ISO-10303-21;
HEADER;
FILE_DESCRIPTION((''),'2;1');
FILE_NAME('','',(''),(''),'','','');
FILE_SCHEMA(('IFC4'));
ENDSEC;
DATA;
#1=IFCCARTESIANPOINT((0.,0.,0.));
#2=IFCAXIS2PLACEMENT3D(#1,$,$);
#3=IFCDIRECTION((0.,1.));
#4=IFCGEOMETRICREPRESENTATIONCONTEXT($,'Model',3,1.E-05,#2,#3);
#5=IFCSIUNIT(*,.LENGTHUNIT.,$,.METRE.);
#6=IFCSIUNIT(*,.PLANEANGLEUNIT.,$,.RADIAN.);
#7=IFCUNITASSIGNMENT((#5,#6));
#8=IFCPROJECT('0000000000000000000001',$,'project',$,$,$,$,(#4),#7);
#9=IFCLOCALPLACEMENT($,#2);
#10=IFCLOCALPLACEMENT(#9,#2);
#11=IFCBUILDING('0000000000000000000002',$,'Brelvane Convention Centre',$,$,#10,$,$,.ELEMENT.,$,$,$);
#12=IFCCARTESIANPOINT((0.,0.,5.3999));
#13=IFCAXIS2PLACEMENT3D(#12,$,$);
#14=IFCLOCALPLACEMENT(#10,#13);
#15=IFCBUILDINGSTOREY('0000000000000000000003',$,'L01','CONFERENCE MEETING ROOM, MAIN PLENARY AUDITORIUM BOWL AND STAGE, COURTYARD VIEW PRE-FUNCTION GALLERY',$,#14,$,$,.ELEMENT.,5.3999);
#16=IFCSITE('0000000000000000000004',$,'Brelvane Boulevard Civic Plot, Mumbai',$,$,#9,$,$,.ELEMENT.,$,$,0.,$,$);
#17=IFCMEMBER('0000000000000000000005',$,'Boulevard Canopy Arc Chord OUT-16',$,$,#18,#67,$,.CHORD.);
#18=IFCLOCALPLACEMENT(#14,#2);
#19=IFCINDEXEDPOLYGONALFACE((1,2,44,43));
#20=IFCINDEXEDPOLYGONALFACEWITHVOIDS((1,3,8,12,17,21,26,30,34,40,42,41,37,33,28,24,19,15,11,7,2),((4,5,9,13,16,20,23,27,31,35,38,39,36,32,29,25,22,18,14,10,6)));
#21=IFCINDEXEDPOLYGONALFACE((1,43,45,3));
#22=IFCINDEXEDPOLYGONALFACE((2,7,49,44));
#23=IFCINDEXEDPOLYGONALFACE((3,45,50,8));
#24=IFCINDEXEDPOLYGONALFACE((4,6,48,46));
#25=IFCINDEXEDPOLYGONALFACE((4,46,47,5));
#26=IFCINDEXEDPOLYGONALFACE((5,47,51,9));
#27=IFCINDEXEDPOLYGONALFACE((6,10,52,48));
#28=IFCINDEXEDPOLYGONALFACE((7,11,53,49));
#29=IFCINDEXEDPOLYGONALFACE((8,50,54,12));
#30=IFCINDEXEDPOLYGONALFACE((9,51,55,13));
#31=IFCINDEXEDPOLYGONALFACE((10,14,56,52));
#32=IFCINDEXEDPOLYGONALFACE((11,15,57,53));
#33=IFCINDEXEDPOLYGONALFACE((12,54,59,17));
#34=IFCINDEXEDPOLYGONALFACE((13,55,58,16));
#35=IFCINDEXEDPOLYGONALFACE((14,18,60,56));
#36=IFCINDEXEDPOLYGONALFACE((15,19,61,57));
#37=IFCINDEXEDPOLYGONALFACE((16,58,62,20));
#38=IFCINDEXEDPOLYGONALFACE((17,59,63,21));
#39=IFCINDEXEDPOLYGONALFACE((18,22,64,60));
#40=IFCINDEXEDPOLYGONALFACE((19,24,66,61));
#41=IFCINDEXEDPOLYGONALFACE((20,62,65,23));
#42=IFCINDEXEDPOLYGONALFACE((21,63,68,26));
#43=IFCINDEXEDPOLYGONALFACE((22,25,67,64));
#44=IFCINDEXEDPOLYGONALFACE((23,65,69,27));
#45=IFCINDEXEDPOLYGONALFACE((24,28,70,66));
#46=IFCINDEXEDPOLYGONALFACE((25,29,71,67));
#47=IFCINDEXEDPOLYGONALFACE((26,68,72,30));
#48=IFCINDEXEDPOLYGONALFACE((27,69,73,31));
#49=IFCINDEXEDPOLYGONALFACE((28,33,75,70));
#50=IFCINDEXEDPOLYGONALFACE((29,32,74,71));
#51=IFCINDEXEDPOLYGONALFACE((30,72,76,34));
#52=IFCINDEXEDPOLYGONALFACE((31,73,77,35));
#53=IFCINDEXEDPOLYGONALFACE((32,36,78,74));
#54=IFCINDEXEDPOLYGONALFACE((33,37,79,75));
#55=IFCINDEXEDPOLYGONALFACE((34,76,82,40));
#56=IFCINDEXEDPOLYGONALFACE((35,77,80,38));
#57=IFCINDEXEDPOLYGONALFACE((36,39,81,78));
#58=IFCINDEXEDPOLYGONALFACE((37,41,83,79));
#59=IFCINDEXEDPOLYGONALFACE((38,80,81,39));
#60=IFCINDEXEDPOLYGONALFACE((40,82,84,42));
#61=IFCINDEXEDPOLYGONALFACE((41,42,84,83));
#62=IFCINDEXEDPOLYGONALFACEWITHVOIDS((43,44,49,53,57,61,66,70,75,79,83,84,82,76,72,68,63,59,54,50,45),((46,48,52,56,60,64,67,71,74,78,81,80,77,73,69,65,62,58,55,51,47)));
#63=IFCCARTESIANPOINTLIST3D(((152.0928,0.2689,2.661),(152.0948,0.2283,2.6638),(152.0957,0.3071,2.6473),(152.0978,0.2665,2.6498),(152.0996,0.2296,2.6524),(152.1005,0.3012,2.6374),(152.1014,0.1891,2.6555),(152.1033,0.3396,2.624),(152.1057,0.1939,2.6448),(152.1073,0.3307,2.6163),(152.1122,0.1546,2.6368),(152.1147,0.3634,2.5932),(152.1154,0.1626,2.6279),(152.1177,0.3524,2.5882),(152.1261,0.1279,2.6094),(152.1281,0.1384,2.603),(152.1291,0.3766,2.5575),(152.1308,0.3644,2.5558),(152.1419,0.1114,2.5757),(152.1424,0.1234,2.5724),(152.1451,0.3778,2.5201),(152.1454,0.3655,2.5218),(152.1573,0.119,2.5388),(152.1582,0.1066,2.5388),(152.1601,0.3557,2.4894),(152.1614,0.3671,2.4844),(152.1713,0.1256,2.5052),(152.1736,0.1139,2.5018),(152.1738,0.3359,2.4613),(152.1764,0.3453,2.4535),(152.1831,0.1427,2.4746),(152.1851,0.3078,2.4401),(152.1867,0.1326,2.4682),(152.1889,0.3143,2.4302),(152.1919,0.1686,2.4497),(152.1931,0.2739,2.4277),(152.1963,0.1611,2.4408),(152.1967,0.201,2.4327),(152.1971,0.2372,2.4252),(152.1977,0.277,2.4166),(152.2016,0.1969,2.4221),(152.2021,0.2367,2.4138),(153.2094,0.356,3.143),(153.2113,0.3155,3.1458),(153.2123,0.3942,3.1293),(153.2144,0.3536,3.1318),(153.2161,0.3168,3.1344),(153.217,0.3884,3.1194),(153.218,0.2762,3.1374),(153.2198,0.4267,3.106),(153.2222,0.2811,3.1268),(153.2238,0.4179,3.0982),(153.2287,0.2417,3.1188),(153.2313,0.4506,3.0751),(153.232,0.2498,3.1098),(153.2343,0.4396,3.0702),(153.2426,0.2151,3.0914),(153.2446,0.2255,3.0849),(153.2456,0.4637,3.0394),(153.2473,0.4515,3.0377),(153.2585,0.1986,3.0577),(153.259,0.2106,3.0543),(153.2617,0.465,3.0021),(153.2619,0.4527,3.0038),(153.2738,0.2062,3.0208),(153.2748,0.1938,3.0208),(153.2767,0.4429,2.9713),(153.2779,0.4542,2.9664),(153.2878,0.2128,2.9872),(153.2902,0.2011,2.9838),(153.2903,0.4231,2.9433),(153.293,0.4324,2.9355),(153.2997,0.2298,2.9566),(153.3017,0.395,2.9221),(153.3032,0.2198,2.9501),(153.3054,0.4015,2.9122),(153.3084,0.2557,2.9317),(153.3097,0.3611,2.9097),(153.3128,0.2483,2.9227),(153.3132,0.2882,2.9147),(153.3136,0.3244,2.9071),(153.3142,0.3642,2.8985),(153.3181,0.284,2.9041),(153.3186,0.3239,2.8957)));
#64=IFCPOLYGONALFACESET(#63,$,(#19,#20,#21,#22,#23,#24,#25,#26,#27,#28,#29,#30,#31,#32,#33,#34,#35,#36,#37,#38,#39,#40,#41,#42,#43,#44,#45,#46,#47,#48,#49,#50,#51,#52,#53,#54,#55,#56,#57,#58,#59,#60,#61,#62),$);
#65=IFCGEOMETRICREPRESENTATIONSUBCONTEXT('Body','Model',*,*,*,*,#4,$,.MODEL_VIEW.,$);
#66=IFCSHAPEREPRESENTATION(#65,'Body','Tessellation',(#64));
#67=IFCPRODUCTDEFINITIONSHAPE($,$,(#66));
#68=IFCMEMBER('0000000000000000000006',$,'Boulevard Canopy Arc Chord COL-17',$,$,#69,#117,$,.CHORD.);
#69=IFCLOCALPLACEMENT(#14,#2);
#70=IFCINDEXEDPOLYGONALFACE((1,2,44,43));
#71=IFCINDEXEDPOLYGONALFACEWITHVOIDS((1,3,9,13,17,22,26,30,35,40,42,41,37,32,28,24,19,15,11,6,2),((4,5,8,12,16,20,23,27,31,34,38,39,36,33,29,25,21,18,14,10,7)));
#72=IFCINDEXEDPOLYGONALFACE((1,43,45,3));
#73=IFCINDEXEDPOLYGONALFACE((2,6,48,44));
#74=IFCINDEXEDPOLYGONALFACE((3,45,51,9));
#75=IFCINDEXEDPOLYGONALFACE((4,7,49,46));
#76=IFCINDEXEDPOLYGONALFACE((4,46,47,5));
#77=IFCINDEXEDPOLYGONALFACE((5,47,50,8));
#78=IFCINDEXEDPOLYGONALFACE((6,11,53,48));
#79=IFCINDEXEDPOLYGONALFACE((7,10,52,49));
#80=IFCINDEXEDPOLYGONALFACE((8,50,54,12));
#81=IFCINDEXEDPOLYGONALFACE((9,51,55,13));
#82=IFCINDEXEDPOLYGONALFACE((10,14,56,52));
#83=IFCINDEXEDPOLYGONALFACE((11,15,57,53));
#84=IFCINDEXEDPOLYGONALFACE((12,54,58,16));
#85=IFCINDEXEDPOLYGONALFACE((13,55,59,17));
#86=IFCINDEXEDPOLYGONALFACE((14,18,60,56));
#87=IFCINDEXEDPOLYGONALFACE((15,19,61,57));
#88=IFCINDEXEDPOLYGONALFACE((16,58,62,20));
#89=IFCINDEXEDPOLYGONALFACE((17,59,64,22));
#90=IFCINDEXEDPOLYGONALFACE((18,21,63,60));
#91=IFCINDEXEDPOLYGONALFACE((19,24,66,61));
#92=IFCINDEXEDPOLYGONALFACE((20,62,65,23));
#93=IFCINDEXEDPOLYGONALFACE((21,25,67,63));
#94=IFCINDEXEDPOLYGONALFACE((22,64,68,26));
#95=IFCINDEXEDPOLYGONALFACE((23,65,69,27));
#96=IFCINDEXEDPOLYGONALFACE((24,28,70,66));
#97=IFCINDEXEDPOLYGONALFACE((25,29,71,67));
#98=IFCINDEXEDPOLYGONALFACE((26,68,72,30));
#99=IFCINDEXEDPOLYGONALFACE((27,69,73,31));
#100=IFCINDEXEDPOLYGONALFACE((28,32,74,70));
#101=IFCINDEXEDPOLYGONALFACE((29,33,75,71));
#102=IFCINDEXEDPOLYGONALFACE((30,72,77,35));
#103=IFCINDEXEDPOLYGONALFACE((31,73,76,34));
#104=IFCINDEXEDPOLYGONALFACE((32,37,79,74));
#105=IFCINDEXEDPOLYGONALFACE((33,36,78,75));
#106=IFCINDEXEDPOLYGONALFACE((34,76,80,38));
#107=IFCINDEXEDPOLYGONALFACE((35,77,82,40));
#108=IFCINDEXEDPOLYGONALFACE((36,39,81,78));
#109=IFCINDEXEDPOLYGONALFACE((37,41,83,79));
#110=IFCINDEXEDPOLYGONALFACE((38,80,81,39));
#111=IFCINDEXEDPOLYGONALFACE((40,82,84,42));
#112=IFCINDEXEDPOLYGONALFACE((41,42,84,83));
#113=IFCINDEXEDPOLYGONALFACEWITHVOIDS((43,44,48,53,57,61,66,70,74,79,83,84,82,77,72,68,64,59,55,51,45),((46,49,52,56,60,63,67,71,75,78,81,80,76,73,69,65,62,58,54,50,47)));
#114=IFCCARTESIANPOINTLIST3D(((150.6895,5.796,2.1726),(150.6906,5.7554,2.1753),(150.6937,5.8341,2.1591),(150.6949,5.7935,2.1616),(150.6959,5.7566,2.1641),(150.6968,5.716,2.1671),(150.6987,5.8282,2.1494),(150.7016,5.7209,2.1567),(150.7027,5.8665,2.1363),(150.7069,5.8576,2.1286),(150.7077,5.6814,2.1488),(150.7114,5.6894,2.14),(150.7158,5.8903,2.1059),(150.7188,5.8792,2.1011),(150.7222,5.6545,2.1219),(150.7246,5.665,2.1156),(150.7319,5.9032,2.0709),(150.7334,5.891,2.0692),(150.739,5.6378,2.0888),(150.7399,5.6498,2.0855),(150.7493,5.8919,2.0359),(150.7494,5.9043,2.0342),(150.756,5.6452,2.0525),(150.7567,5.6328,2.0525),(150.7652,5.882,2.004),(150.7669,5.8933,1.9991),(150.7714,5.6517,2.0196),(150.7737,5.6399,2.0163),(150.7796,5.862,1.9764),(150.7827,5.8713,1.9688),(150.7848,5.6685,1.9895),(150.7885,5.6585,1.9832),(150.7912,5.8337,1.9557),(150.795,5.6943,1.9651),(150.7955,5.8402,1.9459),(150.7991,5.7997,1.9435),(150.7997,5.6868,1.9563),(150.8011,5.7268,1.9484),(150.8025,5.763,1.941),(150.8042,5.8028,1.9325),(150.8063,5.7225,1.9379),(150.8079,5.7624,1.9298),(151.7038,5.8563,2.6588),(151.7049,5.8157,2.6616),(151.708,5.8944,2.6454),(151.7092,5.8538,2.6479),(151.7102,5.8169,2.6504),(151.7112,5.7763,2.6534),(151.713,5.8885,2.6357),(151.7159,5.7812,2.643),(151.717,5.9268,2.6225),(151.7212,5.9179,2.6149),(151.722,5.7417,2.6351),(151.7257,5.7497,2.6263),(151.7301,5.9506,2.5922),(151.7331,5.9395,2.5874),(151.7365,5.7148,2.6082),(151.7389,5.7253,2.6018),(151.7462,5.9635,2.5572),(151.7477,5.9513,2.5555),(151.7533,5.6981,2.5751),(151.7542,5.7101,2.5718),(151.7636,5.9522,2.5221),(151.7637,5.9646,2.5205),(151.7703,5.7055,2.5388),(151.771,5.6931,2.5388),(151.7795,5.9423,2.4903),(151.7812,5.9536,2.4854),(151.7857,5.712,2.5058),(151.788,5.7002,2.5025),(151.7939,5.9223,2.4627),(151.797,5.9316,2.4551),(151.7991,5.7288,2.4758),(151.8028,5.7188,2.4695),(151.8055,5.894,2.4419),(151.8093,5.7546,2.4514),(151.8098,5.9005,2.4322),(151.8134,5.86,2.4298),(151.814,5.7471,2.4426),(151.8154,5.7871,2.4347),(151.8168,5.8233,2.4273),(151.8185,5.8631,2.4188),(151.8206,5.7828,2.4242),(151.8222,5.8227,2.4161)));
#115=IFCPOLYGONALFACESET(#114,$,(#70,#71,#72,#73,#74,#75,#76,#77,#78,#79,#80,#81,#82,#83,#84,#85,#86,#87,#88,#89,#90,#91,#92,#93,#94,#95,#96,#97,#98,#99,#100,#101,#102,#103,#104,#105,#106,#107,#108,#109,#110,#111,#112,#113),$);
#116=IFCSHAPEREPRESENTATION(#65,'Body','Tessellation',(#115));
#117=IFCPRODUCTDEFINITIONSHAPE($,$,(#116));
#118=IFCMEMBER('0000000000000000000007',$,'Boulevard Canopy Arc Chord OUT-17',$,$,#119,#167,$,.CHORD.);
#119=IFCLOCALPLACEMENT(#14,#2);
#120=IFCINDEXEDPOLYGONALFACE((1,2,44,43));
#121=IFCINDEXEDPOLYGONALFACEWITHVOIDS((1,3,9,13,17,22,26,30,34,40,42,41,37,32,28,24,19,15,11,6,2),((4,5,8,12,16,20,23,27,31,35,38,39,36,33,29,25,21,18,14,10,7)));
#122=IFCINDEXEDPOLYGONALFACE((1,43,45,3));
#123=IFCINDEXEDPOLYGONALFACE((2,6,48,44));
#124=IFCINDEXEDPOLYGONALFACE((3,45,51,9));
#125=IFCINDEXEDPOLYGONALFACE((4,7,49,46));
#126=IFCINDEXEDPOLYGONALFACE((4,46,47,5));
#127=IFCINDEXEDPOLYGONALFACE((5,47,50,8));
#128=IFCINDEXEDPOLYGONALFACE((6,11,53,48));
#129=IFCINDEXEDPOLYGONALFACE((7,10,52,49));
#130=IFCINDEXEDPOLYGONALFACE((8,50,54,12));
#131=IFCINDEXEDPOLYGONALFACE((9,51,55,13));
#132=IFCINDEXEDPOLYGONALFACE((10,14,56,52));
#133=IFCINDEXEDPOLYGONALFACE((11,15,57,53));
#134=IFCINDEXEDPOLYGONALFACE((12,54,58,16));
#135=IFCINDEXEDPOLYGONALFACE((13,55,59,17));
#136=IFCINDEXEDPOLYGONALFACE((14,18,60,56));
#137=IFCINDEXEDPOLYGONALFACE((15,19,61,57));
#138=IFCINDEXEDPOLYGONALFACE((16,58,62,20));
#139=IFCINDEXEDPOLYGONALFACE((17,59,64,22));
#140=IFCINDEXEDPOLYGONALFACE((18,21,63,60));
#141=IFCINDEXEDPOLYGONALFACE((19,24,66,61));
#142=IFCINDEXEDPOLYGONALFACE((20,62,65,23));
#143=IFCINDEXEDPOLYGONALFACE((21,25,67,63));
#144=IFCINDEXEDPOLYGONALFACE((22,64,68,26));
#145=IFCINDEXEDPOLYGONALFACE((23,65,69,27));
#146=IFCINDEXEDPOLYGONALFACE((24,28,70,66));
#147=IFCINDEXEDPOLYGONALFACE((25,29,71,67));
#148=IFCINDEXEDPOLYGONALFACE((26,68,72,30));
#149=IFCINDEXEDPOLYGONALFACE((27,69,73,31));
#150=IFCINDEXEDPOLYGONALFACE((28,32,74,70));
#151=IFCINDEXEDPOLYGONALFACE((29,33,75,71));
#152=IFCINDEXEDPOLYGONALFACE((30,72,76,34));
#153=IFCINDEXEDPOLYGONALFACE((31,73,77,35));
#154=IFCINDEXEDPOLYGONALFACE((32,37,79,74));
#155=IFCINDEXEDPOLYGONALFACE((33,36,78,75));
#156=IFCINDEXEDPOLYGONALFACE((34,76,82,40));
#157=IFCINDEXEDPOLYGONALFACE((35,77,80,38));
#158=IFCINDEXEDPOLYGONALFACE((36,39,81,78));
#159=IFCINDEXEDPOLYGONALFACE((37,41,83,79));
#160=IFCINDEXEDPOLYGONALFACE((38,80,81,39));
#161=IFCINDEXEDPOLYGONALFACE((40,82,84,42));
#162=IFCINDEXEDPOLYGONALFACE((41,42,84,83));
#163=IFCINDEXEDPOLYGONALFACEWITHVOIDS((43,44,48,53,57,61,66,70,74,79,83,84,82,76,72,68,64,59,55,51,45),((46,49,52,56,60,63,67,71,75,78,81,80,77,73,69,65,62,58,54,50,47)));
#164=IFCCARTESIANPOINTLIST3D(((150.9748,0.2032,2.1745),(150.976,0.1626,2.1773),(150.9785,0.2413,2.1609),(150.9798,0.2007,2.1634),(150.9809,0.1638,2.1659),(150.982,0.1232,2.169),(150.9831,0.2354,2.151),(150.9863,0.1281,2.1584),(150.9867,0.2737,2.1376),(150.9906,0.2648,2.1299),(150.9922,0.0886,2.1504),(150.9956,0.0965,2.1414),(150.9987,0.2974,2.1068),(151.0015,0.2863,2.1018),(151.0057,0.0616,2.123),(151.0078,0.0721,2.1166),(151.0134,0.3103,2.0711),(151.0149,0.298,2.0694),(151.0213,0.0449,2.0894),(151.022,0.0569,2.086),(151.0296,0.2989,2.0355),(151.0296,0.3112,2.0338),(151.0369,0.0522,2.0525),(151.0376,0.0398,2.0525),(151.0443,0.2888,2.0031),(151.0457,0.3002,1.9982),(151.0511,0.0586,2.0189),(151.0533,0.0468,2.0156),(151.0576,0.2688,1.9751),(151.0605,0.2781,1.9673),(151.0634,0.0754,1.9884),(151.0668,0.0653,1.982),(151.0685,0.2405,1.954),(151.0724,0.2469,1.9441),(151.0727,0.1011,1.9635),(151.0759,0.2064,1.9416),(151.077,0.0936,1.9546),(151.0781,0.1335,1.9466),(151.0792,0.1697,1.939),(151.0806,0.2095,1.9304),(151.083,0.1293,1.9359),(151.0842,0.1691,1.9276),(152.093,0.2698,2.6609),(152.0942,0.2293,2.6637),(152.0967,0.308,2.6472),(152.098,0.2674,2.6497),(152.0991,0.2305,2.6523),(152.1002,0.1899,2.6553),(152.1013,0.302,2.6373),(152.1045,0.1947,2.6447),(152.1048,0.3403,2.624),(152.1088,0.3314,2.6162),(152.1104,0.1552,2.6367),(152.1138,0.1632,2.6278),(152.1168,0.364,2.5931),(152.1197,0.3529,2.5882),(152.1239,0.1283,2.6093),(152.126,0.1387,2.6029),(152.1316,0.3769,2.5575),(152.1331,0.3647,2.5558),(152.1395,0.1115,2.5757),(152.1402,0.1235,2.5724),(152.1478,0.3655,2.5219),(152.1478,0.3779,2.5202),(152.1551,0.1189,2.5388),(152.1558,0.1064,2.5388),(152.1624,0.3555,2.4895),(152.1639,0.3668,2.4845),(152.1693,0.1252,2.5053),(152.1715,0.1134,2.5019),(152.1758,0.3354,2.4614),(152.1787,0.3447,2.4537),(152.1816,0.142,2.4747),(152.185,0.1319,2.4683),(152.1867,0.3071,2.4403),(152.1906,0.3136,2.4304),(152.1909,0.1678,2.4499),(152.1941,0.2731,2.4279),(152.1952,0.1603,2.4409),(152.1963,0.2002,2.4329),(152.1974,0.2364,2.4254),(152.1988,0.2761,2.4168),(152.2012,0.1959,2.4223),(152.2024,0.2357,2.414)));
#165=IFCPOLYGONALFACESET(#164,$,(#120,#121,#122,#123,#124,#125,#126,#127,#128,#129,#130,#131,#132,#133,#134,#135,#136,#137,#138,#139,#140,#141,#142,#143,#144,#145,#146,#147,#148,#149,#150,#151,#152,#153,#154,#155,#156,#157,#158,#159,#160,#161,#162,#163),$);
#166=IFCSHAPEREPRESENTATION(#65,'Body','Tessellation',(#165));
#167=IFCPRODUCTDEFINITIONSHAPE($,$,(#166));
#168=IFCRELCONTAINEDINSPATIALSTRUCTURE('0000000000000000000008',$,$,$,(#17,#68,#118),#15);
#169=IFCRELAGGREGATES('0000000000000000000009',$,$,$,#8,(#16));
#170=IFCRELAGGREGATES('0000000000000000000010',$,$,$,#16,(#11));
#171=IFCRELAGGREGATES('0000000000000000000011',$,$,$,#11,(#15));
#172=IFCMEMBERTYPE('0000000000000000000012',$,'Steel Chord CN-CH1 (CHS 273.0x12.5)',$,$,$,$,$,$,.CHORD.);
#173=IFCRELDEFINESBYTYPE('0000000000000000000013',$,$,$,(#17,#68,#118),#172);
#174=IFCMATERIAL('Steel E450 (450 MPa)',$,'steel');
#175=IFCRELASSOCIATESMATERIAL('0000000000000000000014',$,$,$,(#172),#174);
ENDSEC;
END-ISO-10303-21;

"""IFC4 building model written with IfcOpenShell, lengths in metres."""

from ifc_helpers import new_model, si_unit, direction, frame, origin, origin_2d, place, context, subcontext, project, spatial, hollow_circle, extrude, material, material_profile, profile_set, type_object, element, save


model = new_model("IFC4")

# Units and contexts
model_context = context("Model", 3, precision=1e-05, world=origin(), true_north=direction((0.0, 1.0)))
body_context = subcontext(model_context, "Body", "Model", "MODEL_VIEW")
ifc_project = project(units=[si_unit("LENGTHUNIT", "METRE"), si_unit("PLANEANGLEUNIT", "RADIAN")], contexts=[model_context])

# Site, building, storey
site_placement = place(None, origin())
site = spatial("IfcSite", under=ifc_project, at=site_placement, Name="Brelvane Boulevard Civic Plot, Mumbai", CompositionType="ELEMENT", RefElevation=0.0)
building_placement = place(site_placement, origin())
building = spatial("IfcBuilding", under=site, at=building_placement, Name="Brelvane Convention Centre", CompositionType="ELEMENT")
storey_placement = place(building_placement, frame((0.0, 0.0, 5.3999)))
storey = spatial("IfcBuildingStorey", under=building, at=storey_placement, Name="L01", Description="CONFERENCE MEETING ROOM, MAIN PLENARY AUDITORIUM BOWL AND STAGE, COURTYARD VIEW PRE-FUNCTION GALLERY", CompositionType="ELEMENT", Elevation=5.3999)

# Members
ifc_material_1 = material(Name="Steel E450 (450 MPa)", Category="steel")
ifc_material_profile_1 = material_profile(ifc_material_1, hollow_circle(Radius=0.1365, WallThickness=0.0125, at=origin_2d()), Name="CHS 273.0x12.5")
ifc_profile_set_1 = profile_set([ifc_material_profile_1], Name="Steel E450 (450 MPa)")
member_type_1 = type_object("IfcMemberType", Name="Steel Chord CN-CH1 (CHS 273.0x12.5)", PredefinedType="CHORD", material=ifc_profile_set_1)
member_1_placement = place(storey_placement, frame((153.2642, 0.3298, 3.0208), z_axis=(-0.915765, -0.071491, -0.395303), x_axis=(0.07783, -0.996967, 0.0)))
element("IfcMember", 1, at=member_1_placement, inside=storey, type_object=member_type_1, Name="Boulevard Canopy Arc Chord OUT-16", PredefinedType="CHORD", context=body_context, shape_type="SweptSolid", body=[
    extrude(hollow_circle(Radius=0.1365, WallThickness=0.0125, at=origin_2d()), origin(), (0.0, 0.0, 1.0), 1.2192),
])
member_2_placement = place(storey_placement, frame((151.7629, 5.8293, 2.5388), z_axis=(-0.900433, -0.053528, -0.431688), x_axis=(0.059342, -0.998238, 0.0)))
element("IfcMember", 2, at=member_2_placement, inside=storey, type_object=member_type_1, Name="Boulevard Canopy Arc Chord COL-17", PredefinedType="CHORD", context=body_context, shape_type="SweptSolid", body=[
    extrude(hollow_circle(Radius=0.1365, WallThickness=0.0125, at=origin_2d()), origin(), (0.0, 0.0, 1.0), 1.1265),
])
member_3_placement = place(storey_placement, frame((152.1477, 0.2427, 2.5388), z_axis=(-0.915652, -0.054579, -0.398249), x_axis=(0.059501, -0.998228, 0.0)))
element("IfcMember", 3, at=member_3_placement, inside=storey, type_object=member_type_1, Name="Boulevard Canopy Arc Chord OUT-17", PredefinedType="CHORD", context=body_context, shape_type="SweptSolid", body=[
    extrude(hollow_circle(Radius=0.1365, WallThickness=0.0125, at=origin_2d()), origin(), (0.0, 0.0, 1.0), 1.2212),
])

save(model, "model.ifc")
